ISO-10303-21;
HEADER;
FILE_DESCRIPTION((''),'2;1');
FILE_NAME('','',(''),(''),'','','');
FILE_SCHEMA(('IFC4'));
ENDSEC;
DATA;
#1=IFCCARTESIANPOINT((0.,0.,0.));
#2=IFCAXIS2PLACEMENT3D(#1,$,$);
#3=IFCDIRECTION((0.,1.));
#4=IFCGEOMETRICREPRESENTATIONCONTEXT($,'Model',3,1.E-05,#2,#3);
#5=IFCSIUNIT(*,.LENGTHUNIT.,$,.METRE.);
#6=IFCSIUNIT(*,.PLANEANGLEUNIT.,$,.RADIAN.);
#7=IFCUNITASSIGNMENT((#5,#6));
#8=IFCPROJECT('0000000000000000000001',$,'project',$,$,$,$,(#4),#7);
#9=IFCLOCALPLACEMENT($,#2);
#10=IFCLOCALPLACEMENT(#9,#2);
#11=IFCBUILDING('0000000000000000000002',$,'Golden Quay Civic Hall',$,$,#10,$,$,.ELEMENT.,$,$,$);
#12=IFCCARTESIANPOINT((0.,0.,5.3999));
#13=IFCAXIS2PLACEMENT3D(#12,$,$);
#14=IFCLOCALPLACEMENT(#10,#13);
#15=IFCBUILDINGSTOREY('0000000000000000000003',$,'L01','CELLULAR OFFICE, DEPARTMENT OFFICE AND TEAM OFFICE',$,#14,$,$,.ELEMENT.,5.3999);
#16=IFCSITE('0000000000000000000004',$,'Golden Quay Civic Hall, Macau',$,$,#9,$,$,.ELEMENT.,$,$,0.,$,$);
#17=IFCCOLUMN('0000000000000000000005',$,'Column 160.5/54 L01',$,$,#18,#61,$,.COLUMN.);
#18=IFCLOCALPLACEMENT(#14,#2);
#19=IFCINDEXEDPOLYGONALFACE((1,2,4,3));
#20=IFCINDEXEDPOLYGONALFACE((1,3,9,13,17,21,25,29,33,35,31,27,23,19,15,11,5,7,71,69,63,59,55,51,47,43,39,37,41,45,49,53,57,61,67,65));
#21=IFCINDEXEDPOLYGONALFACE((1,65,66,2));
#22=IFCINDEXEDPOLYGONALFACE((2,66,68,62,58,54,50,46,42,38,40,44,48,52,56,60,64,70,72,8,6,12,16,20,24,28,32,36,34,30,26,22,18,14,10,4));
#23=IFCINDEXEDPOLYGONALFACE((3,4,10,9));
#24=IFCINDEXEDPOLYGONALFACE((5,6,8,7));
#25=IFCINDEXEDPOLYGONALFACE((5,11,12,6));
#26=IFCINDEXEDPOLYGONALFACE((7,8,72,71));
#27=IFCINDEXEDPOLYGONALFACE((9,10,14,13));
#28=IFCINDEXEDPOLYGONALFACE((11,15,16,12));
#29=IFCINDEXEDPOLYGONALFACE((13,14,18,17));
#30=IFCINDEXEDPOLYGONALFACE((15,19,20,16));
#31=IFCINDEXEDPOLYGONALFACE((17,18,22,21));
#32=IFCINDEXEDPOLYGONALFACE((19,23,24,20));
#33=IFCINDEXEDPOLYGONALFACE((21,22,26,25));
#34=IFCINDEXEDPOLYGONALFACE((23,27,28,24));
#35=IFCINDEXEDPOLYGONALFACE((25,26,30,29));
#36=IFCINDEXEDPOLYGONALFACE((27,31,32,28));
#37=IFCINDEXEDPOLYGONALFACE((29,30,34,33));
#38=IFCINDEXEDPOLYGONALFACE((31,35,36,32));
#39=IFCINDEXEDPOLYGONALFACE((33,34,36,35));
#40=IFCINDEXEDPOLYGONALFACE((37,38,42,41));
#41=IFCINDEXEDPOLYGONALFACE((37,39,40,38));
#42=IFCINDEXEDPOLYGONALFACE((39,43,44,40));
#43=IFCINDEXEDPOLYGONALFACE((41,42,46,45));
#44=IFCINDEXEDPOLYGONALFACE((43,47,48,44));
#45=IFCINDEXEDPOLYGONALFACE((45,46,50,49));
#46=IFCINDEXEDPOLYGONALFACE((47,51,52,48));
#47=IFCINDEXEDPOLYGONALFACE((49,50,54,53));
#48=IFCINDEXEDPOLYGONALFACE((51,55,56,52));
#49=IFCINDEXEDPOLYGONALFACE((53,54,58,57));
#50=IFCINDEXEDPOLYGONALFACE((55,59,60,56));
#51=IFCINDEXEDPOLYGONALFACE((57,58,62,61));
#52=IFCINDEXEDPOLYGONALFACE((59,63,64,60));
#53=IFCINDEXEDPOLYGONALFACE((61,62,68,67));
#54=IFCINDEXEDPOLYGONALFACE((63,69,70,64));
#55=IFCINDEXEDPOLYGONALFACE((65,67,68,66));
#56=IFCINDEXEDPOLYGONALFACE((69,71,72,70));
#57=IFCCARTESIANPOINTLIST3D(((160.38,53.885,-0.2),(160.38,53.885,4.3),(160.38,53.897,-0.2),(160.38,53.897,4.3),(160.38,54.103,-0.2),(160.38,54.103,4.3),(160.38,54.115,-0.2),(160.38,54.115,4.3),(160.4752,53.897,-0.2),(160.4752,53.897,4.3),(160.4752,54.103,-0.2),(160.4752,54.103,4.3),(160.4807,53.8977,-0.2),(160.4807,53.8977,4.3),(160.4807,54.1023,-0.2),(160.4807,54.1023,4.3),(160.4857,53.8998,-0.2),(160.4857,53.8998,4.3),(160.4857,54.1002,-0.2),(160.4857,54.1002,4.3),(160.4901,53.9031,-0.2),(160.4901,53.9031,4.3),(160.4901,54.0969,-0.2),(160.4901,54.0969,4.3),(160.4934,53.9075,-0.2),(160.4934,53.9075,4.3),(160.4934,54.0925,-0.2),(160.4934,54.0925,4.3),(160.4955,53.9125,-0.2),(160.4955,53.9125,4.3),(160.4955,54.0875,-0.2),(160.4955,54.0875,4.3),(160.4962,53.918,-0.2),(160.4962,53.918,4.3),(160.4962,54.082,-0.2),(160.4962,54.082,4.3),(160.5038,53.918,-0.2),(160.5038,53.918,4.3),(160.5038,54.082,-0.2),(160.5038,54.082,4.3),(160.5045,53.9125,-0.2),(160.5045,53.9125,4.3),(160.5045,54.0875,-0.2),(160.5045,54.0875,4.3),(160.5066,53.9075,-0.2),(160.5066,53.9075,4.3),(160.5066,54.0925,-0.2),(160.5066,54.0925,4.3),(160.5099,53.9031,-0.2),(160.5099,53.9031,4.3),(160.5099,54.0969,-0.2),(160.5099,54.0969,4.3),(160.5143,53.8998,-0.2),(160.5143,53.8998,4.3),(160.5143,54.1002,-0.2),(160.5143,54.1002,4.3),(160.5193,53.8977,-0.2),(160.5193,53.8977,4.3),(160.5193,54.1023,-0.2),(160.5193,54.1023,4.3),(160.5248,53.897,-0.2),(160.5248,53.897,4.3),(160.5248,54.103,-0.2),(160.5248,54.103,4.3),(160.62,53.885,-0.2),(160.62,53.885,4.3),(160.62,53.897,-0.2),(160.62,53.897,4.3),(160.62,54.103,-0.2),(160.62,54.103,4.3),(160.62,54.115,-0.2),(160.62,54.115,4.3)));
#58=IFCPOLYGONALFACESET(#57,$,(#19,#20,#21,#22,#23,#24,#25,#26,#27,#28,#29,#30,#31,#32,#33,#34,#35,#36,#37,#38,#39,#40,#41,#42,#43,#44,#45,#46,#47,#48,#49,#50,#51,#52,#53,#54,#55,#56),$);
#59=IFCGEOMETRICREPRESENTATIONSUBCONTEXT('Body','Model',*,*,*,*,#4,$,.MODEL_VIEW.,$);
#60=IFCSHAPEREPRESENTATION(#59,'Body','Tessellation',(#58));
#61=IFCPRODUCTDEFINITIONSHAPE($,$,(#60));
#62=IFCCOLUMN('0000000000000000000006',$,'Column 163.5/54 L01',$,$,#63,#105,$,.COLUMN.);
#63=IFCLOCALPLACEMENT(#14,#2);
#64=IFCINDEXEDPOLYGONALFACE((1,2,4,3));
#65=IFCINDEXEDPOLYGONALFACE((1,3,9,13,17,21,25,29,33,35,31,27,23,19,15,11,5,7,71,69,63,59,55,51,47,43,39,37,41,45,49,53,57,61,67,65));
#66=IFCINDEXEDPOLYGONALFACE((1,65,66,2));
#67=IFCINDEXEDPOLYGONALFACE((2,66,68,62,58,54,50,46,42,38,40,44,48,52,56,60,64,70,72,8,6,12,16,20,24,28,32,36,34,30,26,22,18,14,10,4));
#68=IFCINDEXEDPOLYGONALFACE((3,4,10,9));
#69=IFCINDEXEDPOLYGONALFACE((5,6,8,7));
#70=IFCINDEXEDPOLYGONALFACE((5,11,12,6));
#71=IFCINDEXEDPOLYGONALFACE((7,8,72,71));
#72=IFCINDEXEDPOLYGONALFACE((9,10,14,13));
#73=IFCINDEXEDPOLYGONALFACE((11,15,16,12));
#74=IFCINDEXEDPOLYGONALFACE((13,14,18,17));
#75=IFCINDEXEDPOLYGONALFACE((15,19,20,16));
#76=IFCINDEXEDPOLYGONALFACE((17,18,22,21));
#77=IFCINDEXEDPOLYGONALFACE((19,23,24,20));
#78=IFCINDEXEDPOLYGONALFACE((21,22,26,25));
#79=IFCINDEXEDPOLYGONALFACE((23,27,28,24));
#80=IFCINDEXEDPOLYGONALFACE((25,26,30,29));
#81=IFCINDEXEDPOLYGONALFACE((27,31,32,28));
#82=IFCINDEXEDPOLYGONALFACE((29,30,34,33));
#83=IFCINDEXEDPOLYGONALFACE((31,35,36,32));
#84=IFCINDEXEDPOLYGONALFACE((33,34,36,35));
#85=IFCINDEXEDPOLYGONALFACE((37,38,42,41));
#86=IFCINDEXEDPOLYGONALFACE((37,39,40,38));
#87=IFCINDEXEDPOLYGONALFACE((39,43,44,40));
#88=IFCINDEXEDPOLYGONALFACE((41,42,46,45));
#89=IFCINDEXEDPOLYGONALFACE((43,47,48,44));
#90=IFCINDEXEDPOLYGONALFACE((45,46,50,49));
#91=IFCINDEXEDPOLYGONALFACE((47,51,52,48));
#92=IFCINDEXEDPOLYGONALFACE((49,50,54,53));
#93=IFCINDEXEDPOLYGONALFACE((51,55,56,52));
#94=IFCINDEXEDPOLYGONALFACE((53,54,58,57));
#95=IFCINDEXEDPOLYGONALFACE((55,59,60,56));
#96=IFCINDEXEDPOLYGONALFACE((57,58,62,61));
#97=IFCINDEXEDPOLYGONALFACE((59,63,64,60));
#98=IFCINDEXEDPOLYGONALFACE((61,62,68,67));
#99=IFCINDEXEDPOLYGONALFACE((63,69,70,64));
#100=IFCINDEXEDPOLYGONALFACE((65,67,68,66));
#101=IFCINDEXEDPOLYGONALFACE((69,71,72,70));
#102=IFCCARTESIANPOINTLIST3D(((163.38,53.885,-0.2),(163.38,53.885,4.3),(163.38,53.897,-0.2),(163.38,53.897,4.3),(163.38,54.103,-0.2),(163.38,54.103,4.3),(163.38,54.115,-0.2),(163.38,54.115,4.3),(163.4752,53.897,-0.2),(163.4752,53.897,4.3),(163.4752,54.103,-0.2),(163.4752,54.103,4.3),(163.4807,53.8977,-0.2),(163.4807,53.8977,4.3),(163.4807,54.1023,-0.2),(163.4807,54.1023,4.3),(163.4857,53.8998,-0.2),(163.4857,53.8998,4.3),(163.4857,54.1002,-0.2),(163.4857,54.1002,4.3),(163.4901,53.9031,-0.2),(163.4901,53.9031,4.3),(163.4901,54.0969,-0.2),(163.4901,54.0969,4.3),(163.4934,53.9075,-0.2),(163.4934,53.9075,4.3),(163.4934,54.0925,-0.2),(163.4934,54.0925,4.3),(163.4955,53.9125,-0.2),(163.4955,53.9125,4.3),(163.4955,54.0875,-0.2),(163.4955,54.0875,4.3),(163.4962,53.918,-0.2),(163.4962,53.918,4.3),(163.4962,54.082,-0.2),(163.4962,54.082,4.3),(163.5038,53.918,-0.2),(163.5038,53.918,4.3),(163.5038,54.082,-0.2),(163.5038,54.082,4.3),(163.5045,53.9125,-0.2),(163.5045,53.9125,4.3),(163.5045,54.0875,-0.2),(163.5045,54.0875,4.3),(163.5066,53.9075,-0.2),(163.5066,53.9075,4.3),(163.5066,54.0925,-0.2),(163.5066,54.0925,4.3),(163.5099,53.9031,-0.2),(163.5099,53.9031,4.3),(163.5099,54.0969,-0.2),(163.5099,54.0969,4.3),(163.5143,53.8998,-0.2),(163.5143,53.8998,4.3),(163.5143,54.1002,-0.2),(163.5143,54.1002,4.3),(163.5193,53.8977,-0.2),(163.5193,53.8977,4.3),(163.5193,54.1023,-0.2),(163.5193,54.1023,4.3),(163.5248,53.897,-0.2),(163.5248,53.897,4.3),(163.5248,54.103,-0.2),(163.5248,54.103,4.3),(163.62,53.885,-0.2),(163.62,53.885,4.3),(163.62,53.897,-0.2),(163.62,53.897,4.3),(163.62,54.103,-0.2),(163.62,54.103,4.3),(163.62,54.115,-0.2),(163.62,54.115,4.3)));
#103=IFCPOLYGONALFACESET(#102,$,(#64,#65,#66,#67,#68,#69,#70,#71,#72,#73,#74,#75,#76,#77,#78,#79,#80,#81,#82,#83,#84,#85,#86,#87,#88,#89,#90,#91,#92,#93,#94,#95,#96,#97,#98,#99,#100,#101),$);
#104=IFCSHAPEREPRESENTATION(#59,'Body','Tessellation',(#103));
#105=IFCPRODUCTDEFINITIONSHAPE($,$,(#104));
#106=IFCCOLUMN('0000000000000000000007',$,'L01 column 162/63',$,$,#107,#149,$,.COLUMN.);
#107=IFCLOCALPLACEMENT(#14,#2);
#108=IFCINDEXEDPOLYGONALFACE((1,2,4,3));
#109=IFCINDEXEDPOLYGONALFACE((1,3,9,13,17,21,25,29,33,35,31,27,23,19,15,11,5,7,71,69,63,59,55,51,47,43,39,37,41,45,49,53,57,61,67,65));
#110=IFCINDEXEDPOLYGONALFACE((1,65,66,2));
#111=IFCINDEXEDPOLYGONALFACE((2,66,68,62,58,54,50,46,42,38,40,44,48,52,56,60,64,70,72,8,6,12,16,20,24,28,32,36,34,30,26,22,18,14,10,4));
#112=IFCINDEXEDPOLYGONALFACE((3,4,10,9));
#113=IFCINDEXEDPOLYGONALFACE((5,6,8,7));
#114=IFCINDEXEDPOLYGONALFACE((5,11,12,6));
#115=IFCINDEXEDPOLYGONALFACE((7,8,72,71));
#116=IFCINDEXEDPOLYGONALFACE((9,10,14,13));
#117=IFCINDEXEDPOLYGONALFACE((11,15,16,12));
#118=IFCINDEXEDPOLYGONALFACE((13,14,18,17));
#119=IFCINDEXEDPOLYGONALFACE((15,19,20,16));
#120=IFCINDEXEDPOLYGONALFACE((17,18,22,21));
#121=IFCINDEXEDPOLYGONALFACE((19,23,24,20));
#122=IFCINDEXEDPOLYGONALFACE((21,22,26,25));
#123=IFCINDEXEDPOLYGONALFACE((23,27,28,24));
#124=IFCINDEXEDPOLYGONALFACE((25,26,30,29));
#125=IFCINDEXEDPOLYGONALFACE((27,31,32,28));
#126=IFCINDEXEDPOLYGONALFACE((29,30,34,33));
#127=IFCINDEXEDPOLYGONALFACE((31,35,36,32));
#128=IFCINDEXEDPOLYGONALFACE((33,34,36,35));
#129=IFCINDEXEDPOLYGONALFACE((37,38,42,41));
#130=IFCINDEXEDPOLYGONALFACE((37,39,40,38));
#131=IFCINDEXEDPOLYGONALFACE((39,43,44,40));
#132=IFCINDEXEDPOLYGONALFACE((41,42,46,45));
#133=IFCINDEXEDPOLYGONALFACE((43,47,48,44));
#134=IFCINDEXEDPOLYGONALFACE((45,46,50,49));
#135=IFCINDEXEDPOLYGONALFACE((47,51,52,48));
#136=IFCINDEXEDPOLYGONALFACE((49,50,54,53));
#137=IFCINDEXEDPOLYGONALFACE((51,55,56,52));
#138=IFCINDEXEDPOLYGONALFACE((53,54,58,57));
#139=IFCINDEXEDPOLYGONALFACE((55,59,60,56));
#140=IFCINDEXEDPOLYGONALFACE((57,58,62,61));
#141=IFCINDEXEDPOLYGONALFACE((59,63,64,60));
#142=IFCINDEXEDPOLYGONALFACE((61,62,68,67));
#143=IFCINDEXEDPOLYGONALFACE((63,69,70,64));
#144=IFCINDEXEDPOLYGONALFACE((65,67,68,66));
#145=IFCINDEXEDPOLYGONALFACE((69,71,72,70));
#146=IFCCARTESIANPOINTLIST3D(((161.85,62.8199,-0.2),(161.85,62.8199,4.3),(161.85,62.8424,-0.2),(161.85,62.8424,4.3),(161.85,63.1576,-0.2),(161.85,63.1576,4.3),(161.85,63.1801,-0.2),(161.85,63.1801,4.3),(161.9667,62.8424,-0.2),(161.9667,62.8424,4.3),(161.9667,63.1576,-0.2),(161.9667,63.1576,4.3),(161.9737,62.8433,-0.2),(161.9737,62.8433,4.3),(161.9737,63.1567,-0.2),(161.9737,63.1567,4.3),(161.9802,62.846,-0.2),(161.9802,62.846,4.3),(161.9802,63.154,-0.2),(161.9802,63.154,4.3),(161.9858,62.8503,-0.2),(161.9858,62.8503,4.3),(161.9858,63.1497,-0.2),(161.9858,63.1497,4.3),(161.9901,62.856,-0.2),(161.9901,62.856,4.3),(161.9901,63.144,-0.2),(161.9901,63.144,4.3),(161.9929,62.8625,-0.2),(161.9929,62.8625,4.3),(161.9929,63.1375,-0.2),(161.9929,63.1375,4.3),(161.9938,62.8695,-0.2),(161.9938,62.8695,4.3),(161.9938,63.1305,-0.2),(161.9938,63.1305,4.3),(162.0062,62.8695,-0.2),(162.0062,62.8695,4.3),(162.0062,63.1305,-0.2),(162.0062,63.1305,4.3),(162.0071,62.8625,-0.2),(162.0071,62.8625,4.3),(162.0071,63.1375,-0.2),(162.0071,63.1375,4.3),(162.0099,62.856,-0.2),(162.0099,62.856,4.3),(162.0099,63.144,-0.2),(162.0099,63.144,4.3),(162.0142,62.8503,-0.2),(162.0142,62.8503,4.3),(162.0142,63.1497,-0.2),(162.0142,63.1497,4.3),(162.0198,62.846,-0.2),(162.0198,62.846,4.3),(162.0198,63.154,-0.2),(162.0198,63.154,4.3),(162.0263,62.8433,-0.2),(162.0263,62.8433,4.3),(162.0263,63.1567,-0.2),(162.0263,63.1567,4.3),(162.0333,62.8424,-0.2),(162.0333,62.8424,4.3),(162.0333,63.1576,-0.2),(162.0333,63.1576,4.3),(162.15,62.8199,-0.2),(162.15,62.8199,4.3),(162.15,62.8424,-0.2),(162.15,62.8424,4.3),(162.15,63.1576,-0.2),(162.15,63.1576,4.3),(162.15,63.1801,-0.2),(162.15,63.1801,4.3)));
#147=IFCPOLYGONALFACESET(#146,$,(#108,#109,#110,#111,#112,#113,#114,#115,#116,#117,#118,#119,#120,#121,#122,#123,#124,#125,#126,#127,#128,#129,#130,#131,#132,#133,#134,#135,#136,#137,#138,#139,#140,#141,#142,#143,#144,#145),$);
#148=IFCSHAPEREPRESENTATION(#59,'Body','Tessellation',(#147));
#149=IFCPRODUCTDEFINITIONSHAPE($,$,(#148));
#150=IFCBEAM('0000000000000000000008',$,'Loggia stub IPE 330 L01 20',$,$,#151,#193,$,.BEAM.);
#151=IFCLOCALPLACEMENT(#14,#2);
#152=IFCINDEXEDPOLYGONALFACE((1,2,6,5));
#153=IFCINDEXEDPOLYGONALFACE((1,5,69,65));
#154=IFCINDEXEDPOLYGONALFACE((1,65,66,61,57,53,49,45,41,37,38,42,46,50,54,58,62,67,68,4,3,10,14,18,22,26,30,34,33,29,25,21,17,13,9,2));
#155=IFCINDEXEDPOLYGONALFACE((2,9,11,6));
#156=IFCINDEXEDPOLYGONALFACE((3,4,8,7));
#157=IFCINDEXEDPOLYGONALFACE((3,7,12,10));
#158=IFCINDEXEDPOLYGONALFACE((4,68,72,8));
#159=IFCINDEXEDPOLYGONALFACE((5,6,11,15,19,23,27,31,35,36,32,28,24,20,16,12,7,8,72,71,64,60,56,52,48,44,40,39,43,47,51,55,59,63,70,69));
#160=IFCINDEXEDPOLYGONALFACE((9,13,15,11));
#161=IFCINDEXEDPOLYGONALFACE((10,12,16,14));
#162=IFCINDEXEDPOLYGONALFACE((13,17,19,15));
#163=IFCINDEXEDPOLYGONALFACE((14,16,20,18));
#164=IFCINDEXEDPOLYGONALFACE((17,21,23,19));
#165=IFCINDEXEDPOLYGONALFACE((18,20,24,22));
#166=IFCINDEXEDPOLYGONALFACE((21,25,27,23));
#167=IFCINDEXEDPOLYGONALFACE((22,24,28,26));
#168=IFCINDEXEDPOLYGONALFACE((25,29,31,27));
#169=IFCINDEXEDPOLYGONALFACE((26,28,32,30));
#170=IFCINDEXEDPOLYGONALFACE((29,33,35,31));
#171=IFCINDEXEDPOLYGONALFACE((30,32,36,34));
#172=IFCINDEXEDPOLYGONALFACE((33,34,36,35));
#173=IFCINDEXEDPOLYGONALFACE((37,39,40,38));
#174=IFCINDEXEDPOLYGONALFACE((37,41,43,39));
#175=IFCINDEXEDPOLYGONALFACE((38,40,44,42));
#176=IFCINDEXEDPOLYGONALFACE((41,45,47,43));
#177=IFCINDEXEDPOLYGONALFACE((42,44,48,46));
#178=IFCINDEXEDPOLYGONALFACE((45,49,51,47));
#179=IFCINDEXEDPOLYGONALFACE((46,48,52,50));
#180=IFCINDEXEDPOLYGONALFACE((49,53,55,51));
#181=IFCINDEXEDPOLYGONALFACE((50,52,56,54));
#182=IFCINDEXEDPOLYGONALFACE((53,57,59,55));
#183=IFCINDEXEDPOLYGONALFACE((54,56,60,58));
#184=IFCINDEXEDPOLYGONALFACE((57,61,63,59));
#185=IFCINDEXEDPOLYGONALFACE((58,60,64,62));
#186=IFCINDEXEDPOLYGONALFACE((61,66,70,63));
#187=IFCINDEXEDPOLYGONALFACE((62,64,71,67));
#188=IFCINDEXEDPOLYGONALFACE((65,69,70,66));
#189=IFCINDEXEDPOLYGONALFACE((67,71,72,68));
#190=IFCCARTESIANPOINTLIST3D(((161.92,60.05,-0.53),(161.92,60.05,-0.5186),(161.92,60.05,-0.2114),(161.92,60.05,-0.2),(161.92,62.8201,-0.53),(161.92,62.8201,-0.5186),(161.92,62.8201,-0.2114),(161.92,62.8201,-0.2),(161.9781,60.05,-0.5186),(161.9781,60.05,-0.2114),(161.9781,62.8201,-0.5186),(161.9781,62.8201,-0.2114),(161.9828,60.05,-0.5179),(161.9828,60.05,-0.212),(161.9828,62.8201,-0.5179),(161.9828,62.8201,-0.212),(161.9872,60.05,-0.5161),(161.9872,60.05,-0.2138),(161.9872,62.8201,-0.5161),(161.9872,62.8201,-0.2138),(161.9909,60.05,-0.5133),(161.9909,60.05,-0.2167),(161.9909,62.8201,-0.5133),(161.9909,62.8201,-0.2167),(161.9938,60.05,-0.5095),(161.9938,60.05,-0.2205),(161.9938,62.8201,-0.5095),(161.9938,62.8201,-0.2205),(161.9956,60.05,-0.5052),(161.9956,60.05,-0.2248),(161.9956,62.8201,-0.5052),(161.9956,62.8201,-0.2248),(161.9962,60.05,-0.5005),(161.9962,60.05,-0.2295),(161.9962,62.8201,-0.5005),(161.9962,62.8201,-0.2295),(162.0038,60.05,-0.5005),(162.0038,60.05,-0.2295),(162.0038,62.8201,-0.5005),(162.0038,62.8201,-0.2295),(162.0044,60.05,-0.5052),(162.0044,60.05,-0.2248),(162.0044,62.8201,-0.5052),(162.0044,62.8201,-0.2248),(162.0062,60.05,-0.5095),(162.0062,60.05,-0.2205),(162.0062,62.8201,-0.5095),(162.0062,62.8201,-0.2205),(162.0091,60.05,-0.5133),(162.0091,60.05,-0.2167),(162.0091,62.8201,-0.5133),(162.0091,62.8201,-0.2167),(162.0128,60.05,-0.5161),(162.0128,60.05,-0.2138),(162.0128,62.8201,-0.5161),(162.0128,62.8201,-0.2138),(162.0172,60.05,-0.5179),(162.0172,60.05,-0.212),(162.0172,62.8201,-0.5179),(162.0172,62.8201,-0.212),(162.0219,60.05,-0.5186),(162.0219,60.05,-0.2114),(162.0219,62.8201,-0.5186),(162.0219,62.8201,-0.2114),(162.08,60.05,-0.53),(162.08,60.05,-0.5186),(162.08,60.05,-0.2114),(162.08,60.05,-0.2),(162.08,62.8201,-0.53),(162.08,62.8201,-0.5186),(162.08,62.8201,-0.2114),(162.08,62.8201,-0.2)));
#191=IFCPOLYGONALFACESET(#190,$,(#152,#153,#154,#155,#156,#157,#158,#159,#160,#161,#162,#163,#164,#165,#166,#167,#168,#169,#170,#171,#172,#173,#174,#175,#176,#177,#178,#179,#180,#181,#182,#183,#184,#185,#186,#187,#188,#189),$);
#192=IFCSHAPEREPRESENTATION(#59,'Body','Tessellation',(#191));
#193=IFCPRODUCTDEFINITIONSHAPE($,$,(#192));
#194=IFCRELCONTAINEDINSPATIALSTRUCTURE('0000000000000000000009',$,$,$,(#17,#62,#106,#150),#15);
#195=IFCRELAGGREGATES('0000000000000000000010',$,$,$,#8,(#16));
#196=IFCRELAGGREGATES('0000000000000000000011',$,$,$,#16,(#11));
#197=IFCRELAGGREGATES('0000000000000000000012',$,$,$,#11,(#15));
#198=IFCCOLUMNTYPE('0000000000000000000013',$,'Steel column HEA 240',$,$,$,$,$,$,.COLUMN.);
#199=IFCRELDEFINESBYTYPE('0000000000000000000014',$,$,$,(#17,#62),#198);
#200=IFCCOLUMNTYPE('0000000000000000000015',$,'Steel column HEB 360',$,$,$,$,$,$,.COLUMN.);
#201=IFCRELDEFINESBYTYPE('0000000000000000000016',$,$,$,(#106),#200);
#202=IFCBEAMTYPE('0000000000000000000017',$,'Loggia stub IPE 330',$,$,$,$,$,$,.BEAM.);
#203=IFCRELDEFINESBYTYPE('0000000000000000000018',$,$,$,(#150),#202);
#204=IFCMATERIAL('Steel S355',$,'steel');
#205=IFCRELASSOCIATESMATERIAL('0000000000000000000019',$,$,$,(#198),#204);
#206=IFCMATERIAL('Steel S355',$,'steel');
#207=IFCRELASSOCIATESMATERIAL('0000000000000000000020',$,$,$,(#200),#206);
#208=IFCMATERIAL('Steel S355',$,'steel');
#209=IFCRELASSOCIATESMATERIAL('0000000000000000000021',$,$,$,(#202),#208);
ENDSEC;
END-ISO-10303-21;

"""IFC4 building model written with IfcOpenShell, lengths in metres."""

from ifc_helpers import new_model, si_unit, direction, frame, origin, origin_2d, place, context, subcontext, project, spatial, i_section, extrude, material, material_profile, profile_set, type_object, element, save


model = new_model("IFC4")

# Units and contexts
model_context = context("Model", 3, precision=1e-05, world=origin(), true_north=direction((0.0, 1.0)))
body_context = subcontext(model_context, "Body", "Model", "MODEL_VIEW")
ifc_project = project(units=[si_unit("LENGTHUNIT", "METRE"), si_unit("PLANEANGLEUNIT", "RADIAN")], contexts=[model_context])

# Site, building, storey
site_placement = place(None, origin())
site = spatial("IfcSite", under=ifc_project, at=site_placement, Name="Golden Quay Civic Hall, Macau", CompositionType="ELEMENT", RefElevation=0.0)
building_placement = place(site_placement, origin())
building = spatial("IfcBuilding", under=site, at=building_placement, Name="Golden Quay Civic Hall", CompositionType="ELEMENT")
storey_placement = place(building_placement, frame((0.0, 0.0, 5.3999)))
storey = spatial("IfcBuildingStorey", under=building, at=storey_placement, Name="L01", Description="CELLULAR OFFICE, DEPARTMENT OFFICE AND TEAM OFFICE", CompositionType="ELEMENT", Elevation=5.3999)

# Columns
ifc_material_1 = material(Name="Steel S355", Category="steel")
ifc_material_profile_1 = material_profile(ifc_material_1, i_section(OverallWidth=0.24, OverallDepth=0.23, WebThickness=0.0076, FlangeThickness=0.012, FilletRadius=0.021, at=origin_2d()), Name="HEA 240")
ifc_profile_set_1 = profile_set([ifc_material_profile_1], Name="Steel S355")
column_type_1 = type_object("IfcColumnType", Name="Steel column HEA 240", PredefinedType="COLUMN", material=ifc_profile_set_1)
for number, where, z_axis, x_axis, name in (
    (1, (160.5, 54.0, -0.2), (0.0, 0.0, 1.0), (1.0, 0.0, 0.0), "Column 160.5/54 L01"),
    (2, (163.5, 54.0, -0.2), (0.0, 0.0, 1.0), (1.0, 0.0, 0.0), "Column 163.5/54 L01"),
):
    element("IfcColumn", number, at=place(storey_placement, frame(where, z_axis=z_axis, x_axis=x_axis)), inside=storey, type_object=column_type_1, Name=name, PredefinedType="COLUMN", context=body_context, shape_type="SweptSolid", body=[
        extrude(i_section(OverallWidth=0.24, OverallDepth=0.23, WebThickness=0.0076, FlangeThickness=0.012, FilletRadius=0.021, at=origin_2d()), origin(), (0.0, 0.0, 1.0), 4.5),
    ])
ifc_material_2 = material(Name="Steel S355", Category="steel")
ifc_material_profile_2 = material_profile(ifc_material_2, i_section(OverallWidth=0.3, OverallDepth=0.3601, WebThickness=0.0125, FlangeThickness=0.0225, FilletRadius=0.0271, at=origin_2d()), Name="HEB 360")
ifc_profile_set_2 = profile_set([ifc_material_profile_2], Name="Steel S355")
column_type_2 = type_object("IfcColumnType", Name="Steel column HEB 360", PredefinedType="COLUMN", material=ifc_profile_set_2)
column_placement = place(storey_placement, frame((162.0, 63.0, -0.2), z_axis=(0.0, 0.0, 1.0), x_axis=(1.0, 0.0, 0.0)))
element("IfcColumn", 3, at=column_placement, inside=storey, type_object=column_type_2, Name="L01 column 162/63", PredefinedType="COLUMN", context=body_context, shape_type="SweptSolid", body=[
    extrude(i_section(OverallWidth=0.3, OverallDepth=0.3601, WebThickness=0.0125, FlangeThickness=0.0225, FilletRadius=0.0271, at=origin_2d()), origin(), (0.0, 0.0, 1.0), 4.5),
])

# Beam
ifc_material_3 = material(Name="Steel S355", Category="steel")
ifc_material_profile_3 = material_profile(ifc_material_3, i_section(OverallWidth=0.1599, OverallDepth=0.3301, WebThickness=0.0076, FlangeThickness=0.0115, FilletRadius=0.0181, at=origin_2d()), Name="IPE 330")
ifc_profile_set_3 = profile_set([ifc_material_profile_3], Name="Steel S355")
beam_type_1 = type_object("IfcBeamType", Name="Loggia stub IPE 330", PredefinedType="BEAM", material=ifc_profile_set_3)
beam_1_placement = place(storey_placement, frame((162.0, 62.8201, -0.365), z_axis=(0.0, -1.0, 0.0), x_axis=(1.0, 0.0, 0.0)))
element("IfcBeam", 4, at=beam_1_placement, inside=storey, type_object=beam_type_1, Name="Loggia stub IPE 330 L01 20", PredefinedType="BEAM", context=body_context, shape_type="SweptSolid", body=[
    extrude(i_section(OverallWidth=0.1599, OverallDepth=0.3301, WebThickness=0.0076, FlangeThickness=0.0115, FilletRadius=0.0181, at=origin_2d()), origin(), (0.0, 0.0, 1.0), 2.77),
])

save(model, "model.ifc")
